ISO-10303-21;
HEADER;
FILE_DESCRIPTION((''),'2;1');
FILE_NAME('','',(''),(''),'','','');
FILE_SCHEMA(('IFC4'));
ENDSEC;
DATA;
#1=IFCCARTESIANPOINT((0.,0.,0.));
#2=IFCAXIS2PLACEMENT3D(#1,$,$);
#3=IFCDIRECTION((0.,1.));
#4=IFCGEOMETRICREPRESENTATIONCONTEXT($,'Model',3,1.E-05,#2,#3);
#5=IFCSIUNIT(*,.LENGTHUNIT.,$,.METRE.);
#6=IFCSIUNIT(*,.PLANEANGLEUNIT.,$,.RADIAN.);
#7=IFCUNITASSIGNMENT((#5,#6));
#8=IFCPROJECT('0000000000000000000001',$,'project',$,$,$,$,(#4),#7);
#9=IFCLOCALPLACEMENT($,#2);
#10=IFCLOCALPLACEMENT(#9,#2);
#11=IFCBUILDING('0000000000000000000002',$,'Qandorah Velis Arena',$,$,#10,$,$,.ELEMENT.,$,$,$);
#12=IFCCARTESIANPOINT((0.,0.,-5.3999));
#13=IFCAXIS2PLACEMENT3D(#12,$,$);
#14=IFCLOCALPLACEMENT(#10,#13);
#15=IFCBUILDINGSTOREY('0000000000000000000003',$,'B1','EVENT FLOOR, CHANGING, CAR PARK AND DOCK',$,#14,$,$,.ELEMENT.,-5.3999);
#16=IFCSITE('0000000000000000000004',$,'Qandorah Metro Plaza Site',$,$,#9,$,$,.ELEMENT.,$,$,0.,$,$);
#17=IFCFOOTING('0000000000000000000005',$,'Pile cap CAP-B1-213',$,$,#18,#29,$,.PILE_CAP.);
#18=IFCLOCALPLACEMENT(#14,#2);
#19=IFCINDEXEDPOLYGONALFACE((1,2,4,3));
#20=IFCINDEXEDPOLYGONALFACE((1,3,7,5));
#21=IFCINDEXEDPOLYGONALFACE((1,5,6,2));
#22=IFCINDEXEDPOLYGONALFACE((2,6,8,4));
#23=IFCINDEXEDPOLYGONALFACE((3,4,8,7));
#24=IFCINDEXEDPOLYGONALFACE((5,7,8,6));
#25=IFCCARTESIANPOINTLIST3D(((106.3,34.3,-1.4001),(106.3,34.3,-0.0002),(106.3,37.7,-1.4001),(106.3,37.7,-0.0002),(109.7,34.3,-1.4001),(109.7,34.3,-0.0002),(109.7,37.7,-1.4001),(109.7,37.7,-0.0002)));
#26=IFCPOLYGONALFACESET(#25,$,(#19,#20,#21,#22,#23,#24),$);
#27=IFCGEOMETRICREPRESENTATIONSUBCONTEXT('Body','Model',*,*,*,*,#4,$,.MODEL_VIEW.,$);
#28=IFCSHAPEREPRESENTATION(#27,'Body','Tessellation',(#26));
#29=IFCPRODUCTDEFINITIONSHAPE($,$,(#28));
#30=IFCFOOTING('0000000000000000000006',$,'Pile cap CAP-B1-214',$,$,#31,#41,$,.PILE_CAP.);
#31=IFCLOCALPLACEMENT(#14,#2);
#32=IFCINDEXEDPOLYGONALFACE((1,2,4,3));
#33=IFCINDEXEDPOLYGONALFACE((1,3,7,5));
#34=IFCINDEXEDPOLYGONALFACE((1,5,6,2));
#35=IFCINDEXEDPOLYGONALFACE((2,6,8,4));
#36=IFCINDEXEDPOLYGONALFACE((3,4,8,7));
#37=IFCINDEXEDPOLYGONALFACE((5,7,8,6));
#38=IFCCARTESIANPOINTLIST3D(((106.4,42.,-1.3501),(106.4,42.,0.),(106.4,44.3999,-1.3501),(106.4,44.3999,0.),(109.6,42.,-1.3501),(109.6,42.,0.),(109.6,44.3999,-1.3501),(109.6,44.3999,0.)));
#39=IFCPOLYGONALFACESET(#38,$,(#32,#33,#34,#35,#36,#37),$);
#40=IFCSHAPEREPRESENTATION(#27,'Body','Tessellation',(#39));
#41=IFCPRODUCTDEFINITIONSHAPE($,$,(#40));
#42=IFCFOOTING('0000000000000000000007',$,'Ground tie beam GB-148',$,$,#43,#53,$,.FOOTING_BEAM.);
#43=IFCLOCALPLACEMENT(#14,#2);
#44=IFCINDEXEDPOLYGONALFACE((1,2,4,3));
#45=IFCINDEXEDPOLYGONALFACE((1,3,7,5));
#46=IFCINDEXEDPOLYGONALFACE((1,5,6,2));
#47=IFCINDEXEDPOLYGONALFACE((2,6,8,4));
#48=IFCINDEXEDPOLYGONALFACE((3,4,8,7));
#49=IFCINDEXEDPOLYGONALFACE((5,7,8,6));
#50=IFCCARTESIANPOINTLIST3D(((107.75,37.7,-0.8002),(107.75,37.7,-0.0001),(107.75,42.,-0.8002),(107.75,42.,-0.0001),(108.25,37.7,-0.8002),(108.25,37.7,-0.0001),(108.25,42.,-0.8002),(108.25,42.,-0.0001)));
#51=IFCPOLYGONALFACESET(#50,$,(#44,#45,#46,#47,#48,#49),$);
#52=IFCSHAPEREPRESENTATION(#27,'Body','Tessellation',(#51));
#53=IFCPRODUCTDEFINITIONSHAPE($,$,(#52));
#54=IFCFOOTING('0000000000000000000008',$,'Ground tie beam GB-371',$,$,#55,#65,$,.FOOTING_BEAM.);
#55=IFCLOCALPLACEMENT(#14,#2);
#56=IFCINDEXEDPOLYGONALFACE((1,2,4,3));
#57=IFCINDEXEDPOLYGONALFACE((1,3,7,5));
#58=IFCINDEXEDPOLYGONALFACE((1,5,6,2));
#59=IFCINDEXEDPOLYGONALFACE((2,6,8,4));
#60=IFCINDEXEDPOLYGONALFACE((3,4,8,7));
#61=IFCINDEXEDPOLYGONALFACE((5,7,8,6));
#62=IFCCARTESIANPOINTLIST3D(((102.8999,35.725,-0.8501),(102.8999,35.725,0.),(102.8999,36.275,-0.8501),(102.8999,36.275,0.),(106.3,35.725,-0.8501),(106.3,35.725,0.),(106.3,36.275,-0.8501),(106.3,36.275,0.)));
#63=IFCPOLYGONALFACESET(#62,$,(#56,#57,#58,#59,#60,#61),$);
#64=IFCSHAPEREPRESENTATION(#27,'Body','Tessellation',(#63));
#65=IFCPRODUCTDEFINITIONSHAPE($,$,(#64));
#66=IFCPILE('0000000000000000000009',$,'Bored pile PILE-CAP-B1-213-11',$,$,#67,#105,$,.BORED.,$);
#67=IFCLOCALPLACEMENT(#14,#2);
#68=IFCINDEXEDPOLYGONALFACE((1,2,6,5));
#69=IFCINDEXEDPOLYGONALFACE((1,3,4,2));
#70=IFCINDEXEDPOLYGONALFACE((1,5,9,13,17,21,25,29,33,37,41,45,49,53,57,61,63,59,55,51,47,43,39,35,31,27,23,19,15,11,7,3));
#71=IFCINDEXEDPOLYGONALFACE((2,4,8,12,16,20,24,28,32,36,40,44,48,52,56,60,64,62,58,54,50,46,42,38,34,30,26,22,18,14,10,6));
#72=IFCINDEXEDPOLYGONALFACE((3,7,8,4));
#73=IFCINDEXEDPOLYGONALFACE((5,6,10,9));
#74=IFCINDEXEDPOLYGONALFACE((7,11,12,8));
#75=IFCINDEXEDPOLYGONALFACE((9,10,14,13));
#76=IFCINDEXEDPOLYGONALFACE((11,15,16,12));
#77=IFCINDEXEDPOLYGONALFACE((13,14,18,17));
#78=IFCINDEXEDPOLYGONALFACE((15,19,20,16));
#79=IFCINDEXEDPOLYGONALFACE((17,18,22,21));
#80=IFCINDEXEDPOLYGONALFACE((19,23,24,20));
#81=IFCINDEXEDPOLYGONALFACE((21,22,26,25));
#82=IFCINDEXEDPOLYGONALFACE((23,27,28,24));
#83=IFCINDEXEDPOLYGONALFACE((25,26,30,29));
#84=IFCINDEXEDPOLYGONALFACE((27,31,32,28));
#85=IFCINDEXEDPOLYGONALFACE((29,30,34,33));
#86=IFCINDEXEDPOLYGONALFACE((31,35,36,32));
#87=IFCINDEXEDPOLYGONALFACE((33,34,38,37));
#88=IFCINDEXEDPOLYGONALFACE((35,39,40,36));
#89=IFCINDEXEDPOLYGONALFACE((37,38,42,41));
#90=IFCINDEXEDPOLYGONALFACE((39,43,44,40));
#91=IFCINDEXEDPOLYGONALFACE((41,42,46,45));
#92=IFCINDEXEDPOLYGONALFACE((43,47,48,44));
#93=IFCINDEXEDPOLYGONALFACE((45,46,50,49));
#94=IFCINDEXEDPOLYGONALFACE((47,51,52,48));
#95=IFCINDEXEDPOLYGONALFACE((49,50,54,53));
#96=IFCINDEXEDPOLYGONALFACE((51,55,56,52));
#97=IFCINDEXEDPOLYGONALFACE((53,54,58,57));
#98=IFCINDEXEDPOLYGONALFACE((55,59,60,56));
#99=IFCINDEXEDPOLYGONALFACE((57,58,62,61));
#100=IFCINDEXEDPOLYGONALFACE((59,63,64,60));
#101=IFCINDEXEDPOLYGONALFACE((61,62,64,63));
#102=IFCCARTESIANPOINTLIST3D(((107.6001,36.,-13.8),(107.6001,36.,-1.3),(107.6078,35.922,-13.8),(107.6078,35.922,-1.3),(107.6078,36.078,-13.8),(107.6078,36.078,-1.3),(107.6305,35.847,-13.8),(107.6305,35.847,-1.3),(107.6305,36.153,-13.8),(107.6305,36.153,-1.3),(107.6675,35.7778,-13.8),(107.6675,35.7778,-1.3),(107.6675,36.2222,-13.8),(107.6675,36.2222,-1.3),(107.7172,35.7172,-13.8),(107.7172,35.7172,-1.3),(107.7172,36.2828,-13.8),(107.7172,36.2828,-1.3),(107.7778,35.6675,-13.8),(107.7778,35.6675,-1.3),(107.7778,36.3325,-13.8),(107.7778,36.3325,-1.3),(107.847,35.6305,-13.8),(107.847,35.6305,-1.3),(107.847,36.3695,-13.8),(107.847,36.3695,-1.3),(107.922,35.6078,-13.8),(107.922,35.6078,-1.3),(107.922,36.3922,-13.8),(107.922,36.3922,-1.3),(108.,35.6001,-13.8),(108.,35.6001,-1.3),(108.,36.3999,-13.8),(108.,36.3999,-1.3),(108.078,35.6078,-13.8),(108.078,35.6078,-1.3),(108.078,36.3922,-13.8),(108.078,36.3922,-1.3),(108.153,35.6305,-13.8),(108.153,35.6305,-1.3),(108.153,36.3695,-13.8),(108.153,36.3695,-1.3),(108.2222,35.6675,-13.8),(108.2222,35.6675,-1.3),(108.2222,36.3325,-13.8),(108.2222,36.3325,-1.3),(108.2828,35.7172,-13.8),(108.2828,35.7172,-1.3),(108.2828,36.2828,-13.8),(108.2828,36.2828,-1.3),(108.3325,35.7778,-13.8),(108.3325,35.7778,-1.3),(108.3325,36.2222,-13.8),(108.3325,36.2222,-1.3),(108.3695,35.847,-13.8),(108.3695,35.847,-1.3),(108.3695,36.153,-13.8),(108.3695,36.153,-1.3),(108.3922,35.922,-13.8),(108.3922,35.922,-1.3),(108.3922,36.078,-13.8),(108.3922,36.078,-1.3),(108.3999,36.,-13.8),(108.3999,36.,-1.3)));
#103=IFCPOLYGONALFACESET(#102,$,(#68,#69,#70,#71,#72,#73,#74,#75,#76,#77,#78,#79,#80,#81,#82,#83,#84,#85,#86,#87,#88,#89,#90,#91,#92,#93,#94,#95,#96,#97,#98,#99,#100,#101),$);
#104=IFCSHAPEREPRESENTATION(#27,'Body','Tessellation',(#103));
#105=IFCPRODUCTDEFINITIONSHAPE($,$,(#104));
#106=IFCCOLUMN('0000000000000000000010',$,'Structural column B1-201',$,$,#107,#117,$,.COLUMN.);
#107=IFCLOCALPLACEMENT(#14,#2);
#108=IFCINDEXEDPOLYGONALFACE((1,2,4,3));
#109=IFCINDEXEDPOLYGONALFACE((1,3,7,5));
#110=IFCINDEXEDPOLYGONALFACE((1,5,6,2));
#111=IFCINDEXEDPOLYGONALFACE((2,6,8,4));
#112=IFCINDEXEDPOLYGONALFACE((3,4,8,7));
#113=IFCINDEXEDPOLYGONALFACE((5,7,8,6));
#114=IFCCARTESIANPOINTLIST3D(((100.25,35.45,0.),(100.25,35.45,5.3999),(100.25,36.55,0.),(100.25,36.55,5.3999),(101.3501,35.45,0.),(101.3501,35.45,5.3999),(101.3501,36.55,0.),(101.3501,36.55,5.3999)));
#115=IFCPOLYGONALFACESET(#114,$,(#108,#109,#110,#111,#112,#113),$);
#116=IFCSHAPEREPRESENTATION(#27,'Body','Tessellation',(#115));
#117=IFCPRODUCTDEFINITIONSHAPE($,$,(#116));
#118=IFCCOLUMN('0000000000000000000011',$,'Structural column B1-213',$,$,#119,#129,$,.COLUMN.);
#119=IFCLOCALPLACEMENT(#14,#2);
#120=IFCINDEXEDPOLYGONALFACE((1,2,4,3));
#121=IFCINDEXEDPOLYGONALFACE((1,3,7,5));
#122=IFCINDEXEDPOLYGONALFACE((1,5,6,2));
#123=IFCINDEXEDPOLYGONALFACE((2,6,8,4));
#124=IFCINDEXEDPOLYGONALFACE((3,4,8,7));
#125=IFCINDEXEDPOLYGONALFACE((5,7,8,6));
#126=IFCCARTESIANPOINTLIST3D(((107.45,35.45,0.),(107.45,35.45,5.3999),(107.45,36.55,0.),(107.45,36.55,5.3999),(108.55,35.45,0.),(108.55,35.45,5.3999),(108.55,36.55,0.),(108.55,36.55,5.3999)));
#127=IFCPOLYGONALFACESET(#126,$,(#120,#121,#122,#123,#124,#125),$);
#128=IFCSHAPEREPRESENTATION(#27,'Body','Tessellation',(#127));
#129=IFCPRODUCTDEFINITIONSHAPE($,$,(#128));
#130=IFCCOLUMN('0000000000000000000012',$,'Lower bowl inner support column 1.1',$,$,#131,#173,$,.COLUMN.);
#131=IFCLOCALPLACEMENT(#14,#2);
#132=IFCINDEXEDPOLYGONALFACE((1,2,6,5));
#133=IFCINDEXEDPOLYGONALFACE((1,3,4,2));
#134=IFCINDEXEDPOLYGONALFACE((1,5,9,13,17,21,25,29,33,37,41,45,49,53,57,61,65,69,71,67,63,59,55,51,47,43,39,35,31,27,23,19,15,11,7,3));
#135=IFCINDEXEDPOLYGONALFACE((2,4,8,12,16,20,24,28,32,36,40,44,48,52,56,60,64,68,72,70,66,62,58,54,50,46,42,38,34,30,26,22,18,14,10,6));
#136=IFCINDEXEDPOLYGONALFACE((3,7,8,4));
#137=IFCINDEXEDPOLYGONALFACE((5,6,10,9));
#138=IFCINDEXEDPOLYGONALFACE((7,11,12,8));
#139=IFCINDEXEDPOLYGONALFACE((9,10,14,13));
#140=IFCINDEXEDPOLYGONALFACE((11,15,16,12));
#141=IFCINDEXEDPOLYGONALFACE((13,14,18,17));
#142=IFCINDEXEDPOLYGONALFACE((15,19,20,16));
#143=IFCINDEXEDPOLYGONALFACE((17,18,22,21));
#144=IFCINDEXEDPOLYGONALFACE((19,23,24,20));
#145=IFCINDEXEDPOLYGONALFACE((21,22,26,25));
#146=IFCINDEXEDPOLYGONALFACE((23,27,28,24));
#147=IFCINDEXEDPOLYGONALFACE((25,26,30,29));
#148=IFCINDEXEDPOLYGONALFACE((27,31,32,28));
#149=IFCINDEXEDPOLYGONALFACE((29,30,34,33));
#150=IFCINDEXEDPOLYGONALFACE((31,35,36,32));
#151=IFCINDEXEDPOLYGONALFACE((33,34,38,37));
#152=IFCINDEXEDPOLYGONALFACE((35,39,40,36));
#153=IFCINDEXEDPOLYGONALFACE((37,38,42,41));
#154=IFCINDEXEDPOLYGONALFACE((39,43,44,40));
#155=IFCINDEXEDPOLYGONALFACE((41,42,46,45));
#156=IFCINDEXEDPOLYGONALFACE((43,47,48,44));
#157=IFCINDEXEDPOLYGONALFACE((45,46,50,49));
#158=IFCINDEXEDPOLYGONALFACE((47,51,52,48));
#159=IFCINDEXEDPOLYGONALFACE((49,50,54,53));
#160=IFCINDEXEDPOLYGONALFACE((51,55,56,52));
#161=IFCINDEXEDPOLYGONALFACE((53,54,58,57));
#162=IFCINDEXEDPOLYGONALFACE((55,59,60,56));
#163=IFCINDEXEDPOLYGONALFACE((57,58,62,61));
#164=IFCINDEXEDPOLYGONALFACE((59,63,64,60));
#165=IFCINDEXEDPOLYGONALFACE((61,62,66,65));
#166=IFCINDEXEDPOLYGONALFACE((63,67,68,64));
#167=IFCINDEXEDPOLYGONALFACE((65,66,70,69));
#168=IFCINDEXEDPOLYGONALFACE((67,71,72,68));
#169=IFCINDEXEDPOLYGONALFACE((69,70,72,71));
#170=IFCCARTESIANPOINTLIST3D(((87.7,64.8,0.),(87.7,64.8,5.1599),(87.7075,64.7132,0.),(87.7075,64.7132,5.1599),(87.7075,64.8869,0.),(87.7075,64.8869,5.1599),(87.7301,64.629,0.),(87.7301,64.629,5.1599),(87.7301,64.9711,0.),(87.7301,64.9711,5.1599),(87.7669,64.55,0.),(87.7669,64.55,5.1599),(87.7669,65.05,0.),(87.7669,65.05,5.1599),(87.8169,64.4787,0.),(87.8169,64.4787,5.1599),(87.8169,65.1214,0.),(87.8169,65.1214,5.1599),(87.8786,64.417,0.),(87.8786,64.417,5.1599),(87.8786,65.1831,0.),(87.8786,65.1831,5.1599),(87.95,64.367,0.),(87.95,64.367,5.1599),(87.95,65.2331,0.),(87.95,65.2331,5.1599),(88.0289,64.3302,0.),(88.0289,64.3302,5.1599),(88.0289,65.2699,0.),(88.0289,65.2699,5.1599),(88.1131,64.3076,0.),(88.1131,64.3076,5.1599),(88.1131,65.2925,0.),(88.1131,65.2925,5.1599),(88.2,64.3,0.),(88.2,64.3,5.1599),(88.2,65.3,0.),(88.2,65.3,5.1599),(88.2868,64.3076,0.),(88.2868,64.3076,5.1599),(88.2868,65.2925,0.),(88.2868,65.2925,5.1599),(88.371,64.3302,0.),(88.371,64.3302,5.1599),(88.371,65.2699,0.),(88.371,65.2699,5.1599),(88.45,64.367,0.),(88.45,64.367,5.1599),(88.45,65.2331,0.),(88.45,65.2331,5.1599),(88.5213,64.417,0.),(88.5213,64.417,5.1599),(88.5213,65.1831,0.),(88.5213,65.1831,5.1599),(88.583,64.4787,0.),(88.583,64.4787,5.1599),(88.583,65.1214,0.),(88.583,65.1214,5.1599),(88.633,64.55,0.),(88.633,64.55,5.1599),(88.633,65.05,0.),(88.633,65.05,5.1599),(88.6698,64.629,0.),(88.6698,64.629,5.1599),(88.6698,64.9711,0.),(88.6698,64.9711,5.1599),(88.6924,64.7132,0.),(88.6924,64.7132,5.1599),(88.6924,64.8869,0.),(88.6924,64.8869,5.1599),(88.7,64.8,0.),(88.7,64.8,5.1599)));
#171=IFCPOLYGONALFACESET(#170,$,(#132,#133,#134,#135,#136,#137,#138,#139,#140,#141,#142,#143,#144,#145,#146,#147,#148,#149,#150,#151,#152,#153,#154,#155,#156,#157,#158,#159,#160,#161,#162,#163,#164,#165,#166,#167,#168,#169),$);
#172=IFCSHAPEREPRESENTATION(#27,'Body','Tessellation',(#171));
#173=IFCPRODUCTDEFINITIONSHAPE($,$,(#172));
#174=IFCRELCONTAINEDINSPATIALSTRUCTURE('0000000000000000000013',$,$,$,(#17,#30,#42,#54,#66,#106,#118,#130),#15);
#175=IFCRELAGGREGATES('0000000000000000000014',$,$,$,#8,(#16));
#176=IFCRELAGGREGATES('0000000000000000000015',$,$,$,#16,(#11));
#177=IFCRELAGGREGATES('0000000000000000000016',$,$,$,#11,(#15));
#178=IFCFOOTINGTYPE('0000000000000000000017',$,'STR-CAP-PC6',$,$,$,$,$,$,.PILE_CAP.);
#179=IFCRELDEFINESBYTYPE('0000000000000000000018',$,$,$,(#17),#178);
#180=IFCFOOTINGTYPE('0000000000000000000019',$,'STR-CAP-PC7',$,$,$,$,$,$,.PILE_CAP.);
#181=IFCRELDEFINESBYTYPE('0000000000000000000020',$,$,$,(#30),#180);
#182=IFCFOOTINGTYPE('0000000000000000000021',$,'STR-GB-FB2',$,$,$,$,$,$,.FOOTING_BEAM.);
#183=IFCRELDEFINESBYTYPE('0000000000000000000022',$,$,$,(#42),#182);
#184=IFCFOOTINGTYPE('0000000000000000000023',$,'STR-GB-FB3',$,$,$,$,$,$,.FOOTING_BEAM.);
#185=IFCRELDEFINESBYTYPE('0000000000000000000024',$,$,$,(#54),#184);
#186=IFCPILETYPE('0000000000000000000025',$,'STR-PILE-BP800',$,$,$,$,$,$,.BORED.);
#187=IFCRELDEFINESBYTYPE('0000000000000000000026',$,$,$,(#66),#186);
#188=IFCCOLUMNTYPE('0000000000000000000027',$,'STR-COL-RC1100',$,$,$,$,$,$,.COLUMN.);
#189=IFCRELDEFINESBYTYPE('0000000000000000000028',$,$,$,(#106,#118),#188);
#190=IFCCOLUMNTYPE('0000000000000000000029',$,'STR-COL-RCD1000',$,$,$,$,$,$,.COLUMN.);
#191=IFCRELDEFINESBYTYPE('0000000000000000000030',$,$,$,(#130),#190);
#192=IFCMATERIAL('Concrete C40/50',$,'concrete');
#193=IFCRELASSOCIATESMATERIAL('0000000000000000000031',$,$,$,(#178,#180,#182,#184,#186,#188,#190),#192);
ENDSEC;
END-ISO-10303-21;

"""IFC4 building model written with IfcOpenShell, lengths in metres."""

from ifc_helpers import new_model, si_unit, direction, frame, origin, origin_2d, place, context, subcontext, project, spatial, rectangle, circle, extrude, material, material_profile, profile_set, type_object, element, save


model = new_model("IFC4")

# Units and contexts
model_context = context("Model", 3, precision=1e-05, world=origin(), true_north=direction((0.0, 1.0)))
body_context = subcontext(model_context, "Body", "Model", "MODEL_VIEW")
ifc_project = project(units=[si_unit("LENGTHUNIT", "METRE"), si_unit("PLANEANGLEUNIT", "RADIAN")], contexts=[model_context])

# Site, building, storey
site_placement = place(None, origin())
site = spatial("IfcSite", under=ifc_project, at=site_placement, Name="Qandorah Metro Plaza Site", CompositionType="ELEMENT", RefElevation=0.0)
building_placement = place(site_placement, origin())
building = spatial("IfcBuilding", under=site, at=building_placement, Name="Qandorah Velis Arena", CompositionType="ELEMENT")
storey_placement = place(building_placement, frame((0.0, 0.0, -5.3999)))
storey = spatial("IfcBuildingStorey", under=building, at=storey_placement, Name="B1", Description="EVENT FLOOR, CHANGING, CAR PARK AND DOCK", CompositionType="ELEMENT", Elevation=-5.3999)

# Footings
ifc_material = material(Name="Concrete C40/50", Category="concrete")
footing_type_1 = type_object("IfcFootingType", Name="STR-CAP-PC6", PredefinedType="PILE_CAP", material=ifc_material)
footing_1_placement = place(storey_placement, frame((108.0, 36.0, -1.4001), z_axis=(0.0, 0.0, 1.0), x_axis=(1.0, 0.0, 0.0)))
element("IfcFooting", 1, at=footing_1_placement, inside=storey, type_object=footing_type_1, Name="Pile cap CAP-B1-213", PredefinedType="PILE_CAP", context=body_context, shape_type="SweptSolid", body=[
    extrude(rectangle(XDim=3.3999, YDim=3.3999, at=origin_2d()), origin(), (0.0, 0.0, 1.0), 1.3999),
])
footing_type_2 = type_object("IfcFootingType", Name="STR-CAP-PC7", PredefinedType="PILE_CAP", material=ifc_material)
footing_2_placement = place(storey_placement, frame((108.0, 43.2, -1.3501), z_axis=(0.0, 0.0, 1.0), x_axis=(1.0, 0.0, 0.0)))
element("IfcFooting", 2, at=footing_2_placement, inside=storey, type_object=footing_type_2, Name="Pile cap CAP-B1-214", PredefinedType="PILE_CAP", context=body_context, shape_type="SweptSolid", body=[
    extrude(rectangle(XDim=3.2, YDim=2.3999, at=origin_2d()), origin(), (0.0, 0.0, 1.0), 1.3501),
])
ifc_material_profile_1 = material_profile(ifc_material, rectangle(XDim=0.5, YDim=0.8, at=origin_2d()), Name="GB2 500x800")
ifc_profile_set_1 = profile_set([ifc_material_profile_1], Name="Concrete C40/50")
footing_type_3 = type_object("IfcFootingType", Name="STR-GB-FB2", PredefinedType="FOOTING_BEAM", material=ifc_profile_set_1)
footing_3_placement = place(storey_placement, frame((108.0, 37.7, -0.4001), z_axis=(0.0, 1.0, 0.0), x_axis=(-1.0, 0.0, 0.0)))
element("IfcFooting", 3, at=footing_3_placement, inside=storey, type_object=footing_type_3, Name="Ground tie beam GB-148", PredefinedType="FOOTING_BEAM", context=body_context, shape_type="SweptSolid", body=[
    extrude(rectangle(XDim=0.5, YDim=0.8, at=origin_2d()), origin(), (0.0, 0.0, 1.0), 4.3),
])
ifc_material_profile_2 = material_profile(ifc_material, rectangle(XDim=0.55, YDim=0.8501, at=origin_2d()), Name="GB3 550x850")
ifc_profile_set_2 = profile_set([ifc_material_profile_2], Name="Concrete C40/50")
footing_type_4 = type_object("IfcFootingType", Name="STR-GB-FB3", PredefinedType="FOOTING_BEAM", material=ifc_profile_set_2)
footing_4_placement = place(storey_placement, frame((102.8999, 36.0, -0.425), z_axis=(1.0, 0.0, 0.0), x_axis=(0.0, 1.0, 0.0)))
element("IfcFooting", 4, at=footing_4_placement, inside=storey, type_object=footing_type_4, Name="Ground tie beam GB-371", PredefinedType="FOOTING_BEAM", context=body_context, shape_type="SweptSolid", body=[
    extrude(rectangle(XDim=0.55, YDim=0.8501, at=origin_2d()), origin(), (0.0, 0.0, 1.0), 3.4001),
])

# Pile
ifc_material_profile_3 = material_profile(ifc_material, circle(Radius=0.3999, at=origin_2d()), Name="BORED PILE D800")
ifc_profile_set_3 = profile_set([ifc_material_profile_3], Name="Concrete C40/50")
pile_type = type_object("IfcPileType", Name="STR-PILE-BP800", PredefinedType="BORED", material=ifc_profile_set_3)
pile_placement = place(storey_placement, frame((108.0, 36.0, -1.3), z_axis=(0.0, 0.0, -1.0), x_axis=(1.0, 0.0, 0.0)))
element("IfcPile", 5, at=pile_placement, inside=storey, type_object=pile_type, Name="Bored pile PILE-CAP-B1-213-11", PredefinedType="BORED", context=body_context, shape_type="SweptSolid", body=[
    extrude(circle(Radius=0.3999, at=origin_2d()), origin(), (0.0, 0.0, 1.0), 12.5),
])

# Columns
ifc_material_profile_4 = material_profile(ifc_material, rectangle(XDim=1.1001, YDim=1.1001, at=origin_2d()), Name="RC COL 1100x1100")
ifc_profile_set_4 = profile_set([ifc_material_profile_4], Name="Concrete C40/50")
column_type_1 = type_object("IfcColumnType", Name="STR-COL-RC1100", PredefinedType="COLUMN", material=ifc_profile_set_4)
for number, where, z_axis, x_axis, name in (
    (6, (100.8, 36.0, 0.0), (0.0, 0.0, 1.0), (1.0, 0.0, 0.0), "Structural column B1-201"),
    (7, (108.0, 36.0, 0.0), (0.0, 0.0, 1.0), (1.0, 0.0, 0.0), "Structural column B1-213"),
):
    element("IfcColumn", number, at=place(storey_placement, frame(where, z_axis=z_axis, x_axis=x_axis)), inside=storey, type_object=column_type_1, Name=name, PredefinedType="COLUMN", context=body_context, shape_type="SweptSolid", body=[
        extrude(rectangle(XDim=1.1001, YDim=1.1001, at=origin_2d()), origin(), (0.0, 0.0, 1.0), 5.3999),
    ])
ifc_material_profile_5 = material_profile(ifc_material, circle(Radius=0.5, at=origin_2d()), Name="RC D1000")
ifc_profile_set_5 = profile_set([ifc_material_profile_5], Name="Concrete C40/50")
column_type_2 = type_object("IfcColumnType", Name="STR-COL-RCD1000", PredefinedType="COLUMN", material=ifc_profile_set_5)
column_1_placement = place(storey_placement, frame((88.2, 64.8, 0.0), z_axis=(0.0, 0.0, 1.0), x_axis=(1.0, 0.0, 0.0)))
element("IfcColumn", 8, at=column_1_placement, inside=storey, type_object=column_type_2, Name="Lower bowl inner support column 1.1", PredefinedType="COLUMN", context=body_context, shape_type="SweptSolid", body=[
    extrude(circle(Radius=0.5, at=origin_2d()), origin(), (0.0, 0.0, 1.0), 5.1599),
])

save(model, "model.ifc")
